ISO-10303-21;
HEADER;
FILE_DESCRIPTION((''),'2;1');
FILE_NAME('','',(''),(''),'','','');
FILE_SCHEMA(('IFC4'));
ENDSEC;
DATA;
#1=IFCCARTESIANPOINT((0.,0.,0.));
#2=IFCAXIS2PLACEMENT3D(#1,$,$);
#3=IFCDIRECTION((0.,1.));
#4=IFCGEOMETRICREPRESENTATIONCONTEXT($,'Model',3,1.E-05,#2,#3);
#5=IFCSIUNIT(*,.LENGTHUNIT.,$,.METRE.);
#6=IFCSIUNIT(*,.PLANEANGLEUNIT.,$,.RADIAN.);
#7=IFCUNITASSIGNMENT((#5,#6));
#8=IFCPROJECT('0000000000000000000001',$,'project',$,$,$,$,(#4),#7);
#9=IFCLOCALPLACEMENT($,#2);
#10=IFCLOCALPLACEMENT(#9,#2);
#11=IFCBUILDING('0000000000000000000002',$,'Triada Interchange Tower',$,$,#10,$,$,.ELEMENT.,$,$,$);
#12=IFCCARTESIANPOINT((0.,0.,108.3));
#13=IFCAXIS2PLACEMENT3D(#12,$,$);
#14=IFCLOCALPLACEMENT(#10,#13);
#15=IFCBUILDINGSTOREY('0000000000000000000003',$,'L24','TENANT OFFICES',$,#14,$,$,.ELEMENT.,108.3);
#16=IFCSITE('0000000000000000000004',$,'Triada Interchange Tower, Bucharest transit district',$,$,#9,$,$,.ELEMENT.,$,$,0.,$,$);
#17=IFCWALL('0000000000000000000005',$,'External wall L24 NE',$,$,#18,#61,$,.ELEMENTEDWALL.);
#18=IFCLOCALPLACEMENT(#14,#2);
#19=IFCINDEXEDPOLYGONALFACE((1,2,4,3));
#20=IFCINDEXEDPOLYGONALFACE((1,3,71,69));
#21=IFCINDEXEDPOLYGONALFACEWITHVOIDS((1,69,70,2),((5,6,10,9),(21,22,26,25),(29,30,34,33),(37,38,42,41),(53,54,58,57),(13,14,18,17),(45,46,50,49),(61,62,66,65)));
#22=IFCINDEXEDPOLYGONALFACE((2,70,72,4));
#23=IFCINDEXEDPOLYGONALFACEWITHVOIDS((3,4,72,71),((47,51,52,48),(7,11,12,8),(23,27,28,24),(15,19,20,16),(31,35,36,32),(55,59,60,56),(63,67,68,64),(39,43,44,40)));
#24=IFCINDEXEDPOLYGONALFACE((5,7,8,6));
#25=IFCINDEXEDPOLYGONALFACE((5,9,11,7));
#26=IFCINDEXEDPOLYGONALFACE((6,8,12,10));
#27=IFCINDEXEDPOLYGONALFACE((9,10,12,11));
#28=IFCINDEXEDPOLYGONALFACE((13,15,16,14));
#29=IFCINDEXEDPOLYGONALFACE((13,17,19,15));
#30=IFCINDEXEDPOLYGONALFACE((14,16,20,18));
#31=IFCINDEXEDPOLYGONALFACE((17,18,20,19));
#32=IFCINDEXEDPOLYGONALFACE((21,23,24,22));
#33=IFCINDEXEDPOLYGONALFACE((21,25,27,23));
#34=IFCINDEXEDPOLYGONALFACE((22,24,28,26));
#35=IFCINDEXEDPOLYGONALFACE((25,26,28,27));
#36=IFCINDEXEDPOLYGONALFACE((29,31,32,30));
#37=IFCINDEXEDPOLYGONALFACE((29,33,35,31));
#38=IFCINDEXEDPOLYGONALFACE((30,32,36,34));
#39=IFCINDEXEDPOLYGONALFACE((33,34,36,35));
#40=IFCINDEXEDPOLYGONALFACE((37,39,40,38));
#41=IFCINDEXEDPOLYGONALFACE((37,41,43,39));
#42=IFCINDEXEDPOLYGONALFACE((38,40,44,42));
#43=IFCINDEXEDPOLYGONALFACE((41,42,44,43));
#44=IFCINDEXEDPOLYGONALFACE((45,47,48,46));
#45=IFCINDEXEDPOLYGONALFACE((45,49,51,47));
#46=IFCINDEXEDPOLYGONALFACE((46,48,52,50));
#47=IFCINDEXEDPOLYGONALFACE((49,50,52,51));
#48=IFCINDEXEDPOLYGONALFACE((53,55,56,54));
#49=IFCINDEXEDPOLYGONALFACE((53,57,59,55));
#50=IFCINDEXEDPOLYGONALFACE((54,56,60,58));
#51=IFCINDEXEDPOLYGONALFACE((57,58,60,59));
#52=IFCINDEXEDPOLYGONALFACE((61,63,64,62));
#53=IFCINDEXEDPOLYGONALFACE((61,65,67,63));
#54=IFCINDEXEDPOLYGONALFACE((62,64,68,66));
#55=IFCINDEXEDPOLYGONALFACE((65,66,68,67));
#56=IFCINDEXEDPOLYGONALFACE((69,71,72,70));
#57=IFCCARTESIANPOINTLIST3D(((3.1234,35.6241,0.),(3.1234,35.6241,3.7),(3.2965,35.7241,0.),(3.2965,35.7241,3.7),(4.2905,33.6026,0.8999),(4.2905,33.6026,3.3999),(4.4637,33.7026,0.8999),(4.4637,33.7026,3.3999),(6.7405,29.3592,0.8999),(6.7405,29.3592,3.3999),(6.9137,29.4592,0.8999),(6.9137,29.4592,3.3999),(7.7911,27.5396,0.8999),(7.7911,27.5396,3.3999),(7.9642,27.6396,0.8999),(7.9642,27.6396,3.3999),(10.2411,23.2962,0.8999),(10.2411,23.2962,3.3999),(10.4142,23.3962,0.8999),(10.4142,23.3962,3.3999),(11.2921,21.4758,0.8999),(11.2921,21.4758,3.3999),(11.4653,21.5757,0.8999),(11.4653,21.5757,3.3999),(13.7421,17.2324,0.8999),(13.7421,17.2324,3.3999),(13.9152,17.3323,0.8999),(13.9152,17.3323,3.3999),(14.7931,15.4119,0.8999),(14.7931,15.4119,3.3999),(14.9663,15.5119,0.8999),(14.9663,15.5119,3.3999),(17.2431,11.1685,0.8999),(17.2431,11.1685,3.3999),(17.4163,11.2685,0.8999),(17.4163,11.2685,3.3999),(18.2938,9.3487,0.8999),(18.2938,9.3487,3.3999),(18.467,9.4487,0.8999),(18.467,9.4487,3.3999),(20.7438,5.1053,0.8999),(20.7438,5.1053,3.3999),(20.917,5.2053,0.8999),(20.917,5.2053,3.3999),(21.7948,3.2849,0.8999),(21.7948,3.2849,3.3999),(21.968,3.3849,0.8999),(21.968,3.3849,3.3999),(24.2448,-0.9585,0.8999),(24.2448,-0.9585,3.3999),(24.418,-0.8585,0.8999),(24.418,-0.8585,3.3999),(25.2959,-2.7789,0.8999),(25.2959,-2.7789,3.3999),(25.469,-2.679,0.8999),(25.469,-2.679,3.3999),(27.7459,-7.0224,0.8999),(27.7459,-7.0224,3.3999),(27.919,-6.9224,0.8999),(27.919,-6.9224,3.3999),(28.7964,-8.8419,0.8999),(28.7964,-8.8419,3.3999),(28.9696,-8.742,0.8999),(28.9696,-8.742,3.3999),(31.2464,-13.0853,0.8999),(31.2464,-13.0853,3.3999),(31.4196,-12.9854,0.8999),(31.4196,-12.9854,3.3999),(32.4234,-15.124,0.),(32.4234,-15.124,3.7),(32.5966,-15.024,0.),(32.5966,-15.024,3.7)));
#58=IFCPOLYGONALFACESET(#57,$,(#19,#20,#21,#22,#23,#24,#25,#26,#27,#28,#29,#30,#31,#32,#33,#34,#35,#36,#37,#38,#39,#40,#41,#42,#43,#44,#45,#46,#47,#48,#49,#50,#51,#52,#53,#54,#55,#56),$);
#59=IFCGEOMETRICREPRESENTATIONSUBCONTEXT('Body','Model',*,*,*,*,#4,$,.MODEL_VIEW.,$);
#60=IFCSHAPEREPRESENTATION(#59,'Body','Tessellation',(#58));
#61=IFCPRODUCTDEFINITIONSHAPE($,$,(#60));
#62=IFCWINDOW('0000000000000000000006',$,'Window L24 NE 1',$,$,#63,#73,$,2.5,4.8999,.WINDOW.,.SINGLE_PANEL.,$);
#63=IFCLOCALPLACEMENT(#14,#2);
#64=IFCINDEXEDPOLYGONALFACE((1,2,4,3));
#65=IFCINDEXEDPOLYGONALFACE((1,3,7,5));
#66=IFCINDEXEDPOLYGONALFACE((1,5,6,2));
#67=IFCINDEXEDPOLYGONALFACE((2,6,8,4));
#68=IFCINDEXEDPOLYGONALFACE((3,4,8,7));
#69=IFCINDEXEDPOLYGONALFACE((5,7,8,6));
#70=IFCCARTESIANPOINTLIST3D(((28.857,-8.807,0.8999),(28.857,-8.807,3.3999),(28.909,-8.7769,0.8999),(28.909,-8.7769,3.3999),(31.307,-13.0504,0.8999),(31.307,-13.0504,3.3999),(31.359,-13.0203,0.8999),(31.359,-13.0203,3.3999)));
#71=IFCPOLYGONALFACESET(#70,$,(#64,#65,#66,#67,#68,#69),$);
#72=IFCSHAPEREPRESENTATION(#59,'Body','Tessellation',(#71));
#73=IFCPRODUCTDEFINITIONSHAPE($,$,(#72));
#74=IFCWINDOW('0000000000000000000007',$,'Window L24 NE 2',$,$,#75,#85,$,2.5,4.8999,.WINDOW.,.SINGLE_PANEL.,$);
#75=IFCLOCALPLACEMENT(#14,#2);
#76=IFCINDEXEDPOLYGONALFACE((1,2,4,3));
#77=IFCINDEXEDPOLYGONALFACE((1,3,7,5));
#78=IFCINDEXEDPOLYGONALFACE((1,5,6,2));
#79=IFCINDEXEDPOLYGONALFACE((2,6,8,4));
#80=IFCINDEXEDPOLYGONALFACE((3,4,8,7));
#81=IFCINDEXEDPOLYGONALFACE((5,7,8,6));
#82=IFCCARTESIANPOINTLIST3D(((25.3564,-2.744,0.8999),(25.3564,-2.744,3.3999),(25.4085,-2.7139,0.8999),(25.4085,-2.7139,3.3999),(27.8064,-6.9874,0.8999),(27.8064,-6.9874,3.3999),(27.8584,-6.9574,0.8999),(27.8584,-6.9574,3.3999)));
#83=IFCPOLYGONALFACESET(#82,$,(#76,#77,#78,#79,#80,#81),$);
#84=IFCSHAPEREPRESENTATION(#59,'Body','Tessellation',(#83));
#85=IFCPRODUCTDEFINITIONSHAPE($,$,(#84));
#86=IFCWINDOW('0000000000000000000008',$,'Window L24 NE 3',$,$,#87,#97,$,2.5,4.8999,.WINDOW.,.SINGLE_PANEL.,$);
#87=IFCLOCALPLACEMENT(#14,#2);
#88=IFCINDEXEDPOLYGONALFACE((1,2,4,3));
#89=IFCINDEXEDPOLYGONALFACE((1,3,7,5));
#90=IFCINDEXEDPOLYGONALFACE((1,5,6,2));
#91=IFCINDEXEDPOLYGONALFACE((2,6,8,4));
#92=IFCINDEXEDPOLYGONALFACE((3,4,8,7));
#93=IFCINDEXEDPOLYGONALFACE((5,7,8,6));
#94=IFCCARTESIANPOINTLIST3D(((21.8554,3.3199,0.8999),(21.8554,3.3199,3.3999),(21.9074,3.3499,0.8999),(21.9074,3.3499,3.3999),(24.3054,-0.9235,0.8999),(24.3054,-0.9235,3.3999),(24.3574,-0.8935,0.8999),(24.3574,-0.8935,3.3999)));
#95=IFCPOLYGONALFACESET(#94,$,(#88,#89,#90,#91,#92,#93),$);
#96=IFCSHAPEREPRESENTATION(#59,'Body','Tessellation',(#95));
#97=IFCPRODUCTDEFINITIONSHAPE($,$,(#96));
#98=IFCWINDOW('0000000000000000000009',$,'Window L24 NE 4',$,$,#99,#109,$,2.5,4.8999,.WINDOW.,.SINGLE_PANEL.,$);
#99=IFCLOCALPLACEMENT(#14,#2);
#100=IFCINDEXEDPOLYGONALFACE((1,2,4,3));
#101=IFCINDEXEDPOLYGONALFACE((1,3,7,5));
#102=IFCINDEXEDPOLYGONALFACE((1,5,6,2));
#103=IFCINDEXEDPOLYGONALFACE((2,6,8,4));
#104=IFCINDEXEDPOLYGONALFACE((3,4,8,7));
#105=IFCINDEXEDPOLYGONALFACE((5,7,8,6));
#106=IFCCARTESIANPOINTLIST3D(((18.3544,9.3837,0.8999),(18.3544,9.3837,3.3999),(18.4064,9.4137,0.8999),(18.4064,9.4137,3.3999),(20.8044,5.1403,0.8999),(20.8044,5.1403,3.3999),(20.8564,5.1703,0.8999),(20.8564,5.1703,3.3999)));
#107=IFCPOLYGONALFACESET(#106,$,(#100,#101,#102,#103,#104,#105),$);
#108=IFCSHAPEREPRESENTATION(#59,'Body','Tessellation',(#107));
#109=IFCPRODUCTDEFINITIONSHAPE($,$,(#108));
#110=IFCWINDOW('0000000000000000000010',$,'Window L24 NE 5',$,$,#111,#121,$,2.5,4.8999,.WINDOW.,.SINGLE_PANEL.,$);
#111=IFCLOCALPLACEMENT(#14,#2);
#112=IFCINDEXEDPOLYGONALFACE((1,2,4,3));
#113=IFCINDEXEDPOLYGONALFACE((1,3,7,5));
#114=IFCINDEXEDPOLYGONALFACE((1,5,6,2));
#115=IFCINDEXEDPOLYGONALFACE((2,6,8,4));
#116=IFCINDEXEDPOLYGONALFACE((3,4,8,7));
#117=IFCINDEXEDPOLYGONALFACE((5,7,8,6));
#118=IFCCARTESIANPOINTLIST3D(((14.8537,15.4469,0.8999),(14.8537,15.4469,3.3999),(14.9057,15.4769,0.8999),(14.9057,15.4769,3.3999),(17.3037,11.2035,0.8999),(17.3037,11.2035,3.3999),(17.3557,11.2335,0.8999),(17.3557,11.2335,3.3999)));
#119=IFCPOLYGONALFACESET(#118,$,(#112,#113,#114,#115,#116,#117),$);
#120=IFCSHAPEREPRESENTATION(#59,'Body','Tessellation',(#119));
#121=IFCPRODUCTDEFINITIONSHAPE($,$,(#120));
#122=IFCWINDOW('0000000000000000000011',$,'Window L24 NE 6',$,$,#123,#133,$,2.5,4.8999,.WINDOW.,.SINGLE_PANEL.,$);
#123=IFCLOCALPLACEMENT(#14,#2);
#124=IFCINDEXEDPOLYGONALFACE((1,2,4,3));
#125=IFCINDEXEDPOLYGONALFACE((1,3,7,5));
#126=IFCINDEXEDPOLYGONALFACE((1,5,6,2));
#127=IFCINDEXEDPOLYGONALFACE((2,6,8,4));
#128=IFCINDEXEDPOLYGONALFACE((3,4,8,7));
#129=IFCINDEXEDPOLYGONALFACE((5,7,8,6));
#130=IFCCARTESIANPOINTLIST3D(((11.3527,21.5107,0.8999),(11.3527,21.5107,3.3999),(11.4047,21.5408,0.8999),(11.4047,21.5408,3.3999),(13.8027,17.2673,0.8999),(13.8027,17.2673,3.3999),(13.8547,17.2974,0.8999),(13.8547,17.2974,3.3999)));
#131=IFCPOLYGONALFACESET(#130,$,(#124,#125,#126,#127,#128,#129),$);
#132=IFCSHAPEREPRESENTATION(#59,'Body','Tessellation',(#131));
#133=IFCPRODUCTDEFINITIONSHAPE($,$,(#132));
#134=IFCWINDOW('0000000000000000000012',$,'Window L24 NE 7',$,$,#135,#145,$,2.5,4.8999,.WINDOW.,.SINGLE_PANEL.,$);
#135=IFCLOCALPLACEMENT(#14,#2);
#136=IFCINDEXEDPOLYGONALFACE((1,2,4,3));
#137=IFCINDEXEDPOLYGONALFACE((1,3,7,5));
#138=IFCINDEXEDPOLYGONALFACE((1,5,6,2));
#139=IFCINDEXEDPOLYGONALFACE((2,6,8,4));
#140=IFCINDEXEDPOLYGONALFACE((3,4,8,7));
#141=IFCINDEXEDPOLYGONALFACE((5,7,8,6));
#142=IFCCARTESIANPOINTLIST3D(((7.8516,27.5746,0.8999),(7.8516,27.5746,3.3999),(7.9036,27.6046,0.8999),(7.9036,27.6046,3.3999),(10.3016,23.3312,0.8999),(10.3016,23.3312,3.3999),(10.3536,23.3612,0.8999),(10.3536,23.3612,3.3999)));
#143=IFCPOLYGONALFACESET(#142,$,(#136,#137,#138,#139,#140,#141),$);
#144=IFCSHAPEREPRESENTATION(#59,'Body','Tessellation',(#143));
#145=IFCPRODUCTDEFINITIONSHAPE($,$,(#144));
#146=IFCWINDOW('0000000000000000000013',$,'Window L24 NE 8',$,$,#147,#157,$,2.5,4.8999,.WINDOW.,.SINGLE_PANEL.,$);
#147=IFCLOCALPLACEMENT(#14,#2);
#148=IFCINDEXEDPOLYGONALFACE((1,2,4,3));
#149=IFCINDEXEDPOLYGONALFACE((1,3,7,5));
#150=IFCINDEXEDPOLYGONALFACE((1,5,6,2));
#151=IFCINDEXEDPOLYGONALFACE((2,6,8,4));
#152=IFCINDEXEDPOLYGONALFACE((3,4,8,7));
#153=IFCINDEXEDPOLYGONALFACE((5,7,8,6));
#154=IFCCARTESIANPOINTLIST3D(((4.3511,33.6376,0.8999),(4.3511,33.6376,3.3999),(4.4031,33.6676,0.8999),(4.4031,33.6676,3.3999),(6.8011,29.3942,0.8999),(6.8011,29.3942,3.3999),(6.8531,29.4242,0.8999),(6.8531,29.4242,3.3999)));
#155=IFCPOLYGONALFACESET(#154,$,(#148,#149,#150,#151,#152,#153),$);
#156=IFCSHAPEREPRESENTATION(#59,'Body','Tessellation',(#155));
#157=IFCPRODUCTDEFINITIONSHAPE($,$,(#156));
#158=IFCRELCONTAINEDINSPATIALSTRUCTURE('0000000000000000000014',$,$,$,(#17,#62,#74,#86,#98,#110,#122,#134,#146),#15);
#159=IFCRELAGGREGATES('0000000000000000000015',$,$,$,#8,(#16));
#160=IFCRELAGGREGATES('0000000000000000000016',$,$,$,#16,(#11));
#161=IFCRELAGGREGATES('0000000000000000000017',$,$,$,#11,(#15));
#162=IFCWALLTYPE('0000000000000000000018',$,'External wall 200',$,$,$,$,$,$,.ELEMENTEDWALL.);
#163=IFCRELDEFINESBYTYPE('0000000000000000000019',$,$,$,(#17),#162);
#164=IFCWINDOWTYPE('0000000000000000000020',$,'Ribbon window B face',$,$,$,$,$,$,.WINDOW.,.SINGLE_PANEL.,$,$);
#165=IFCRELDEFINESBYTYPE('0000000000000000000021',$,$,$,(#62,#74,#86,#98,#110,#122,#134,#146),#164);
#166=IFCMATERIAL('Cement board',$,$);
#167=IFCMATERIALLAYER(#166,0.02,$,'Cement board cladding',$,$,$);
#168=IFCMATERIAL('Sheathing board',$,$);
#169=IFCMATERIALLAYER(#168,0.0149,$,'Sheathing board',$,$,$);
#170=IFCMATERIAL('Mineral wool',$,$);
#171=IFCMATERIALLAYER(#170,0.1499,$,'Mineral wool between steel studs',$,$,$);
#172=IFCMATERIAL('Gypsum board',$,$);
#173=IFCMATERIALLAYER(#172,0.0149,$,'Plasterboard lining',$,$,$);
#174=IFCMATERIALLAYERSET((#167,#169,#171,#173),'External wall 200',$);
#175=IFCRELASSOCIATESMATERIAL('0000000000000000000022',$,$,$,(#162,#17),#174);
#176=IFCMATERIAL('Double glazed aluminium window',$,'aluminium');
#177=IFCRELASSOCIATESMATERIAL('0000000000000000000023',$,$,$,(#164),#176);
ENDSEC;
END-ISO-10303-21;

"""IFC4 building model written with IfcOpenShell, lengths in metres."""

from ifc_helpers import new_model, si_unit, direction, frame, frame_2d, origin, place, context, subcontext, project, spatial, rectangle, extrude, material, layer, layer_set, layer_usage, type_object, element, fill, save


model = new_model("IFC4")

# Units and contexts
model_context = context("Model", 3, precision=1e-05, world=origin(), true_north=direction((0.0, 1.0)))
body_context = subcontext(model_context, "Body", "Model", "MODEL_VIEW")
ifc_project = project(units=[si_unit("LENGTHUNIT", "METRE"), si_unit("PLANEANGLEUNIT", "RADIAN")], contexts=[model_context])

# Site, building, storey
site_placement = place(None, origin())
site = spatial("IfcSite", under=ifc_project, at=site_placement, Name="Triada Interchange Tower, Bucharest transit district", CompositionType="ELEMENT", RefElevation=0.0)
building_placement = place(site_placement, origin())
building = spatial("IfcBuilding", under=site, at=building_placement, Name="Triada Interchange Tower", CompositionType="ELEMENT")
storey_placement = place(building_placement, frame((0.0, 0.0, 108.3)))
storey = spatial("IfcBuildingStorey", under=building, at=storey_placement, Name="L24", Description="TENANT OFFICES", CompositionType="ELEMENT", Elevation=108.3)

# Shared definitions
ifc_material_1 = material(Name="Cement board")
ifc_layer_1 = layer(ifc_material_1, 0.02, Name="Cement board cladding")
ifc_material_2 = material(Name="Sheathing board")
ifc_layer_2 = layer(ifc_material_2, 0.0149, Name="Sheathing board")
ifc_material_3 = material(Name="Mineral wool")
ifc_layer_3 = layer(ifc_material_3, 0.1499, Name="Mineral wool between steel studs")
ifc_material_4 = material(Name="Gypsum board")
ifc_layer_4 = layer(ifc_material_4, 0.0149, Name="Plasterboard lining")
ifc_layer_set_1 = layer_set([ifc_layer_1, ifc_layer_2, ifc_layer_3, ifc_layer_4], Name="External wall 200")
ifc_layer_usage = layer_usage(ifc_layer_set_1, "AXIS2", "POSITIVE", -0.1001)
wall_type = type_object("IfcWallType", Name="External wall 200", PredefinedType="ELEMENTEDWALL", material=ifc_layer_set_1)
ifc_material_5 = material(Name="Double glazed aluminium window", Category="aluminium")

# Wall, openings, windows
wall_1_placement = place(storey_placement, frame((32.51, -15.074, 0.0), z_axis=(0.0, 0.0, 1.0), x_axis=(-0.500008, 0.866021, 0.0)))
wall_1 = element("IfcWall", 1, at=wall_1_placement, inside=storey, type_object=wall_type, material=ifc_layer_usage, Name="External wall L24 NE", PredefinedType="ELEMENTEDWALL", context=body_context, shape_type="SweptSolid", body=[
    extrude(rectangle(XDim=58.5991, YDim=0.2, at=frame_2d((29.2996, 0.0))), origin(), (0.0, 0.0, 1.0), 3.7),
])
opening_1_placement = place(wall_1_placement, frame((2.354, 0.0, 0.8999)))
opening_1 = element("IfcOpeningElement", 2, at=opening_1_placement, cuts=wall_1, PredefinedType="OPENING", context=body_context, shape_type="SweptSolid", body=[
    extrude(rectangle(XDim=4.8999, YDim=2.5, at=frame_2d((2.45, 1.25))), frame((0.0, 0.1099, 0.0), z_axis=(0.0, -1.0, 0.0), x_axis=(1.0, 0.0, 0.0)), (0.0, 0.0, 1.0), 0.22),
])
opening_2_placement = place(wall_1_placement, frame((9.355, 0.0, 0.8999)))
opening_2 = element("IfcOpeningElement", 3, at=opening_2_placement, cuts=wall_1, PredefinedType="OPENING", context=body_context, shape_type="SweptSolid", body=[
    extrude(rectangle(XDim=4.8999, YDim=2.5, at=frame_2d((2.45, 1.25))), frame((0.0, 0.1099, 0.0), z_axis=(0.0, -1.0, 0.0), x_axis=(1.0, 0.0, 0.0)), (0.0, 0.0, 1.0), 0.22),
])
opening_3_placement = place(wall_1_placement, frame((16.3569, 0.0, 0.8999)))
opening_3 = element("IfcOpeningElement", 4, at=opening_3_placement, cuts=wall_1, PredefinedType="OPENING", context=body_context, shape_type="SweptSolid", body=[
    extrude(rectangle(XDim=4.8999, YDim=2.5, at=frame_2d((2.45, 1.25))), frame((0.0, 0.1099, 0.0), z_axis=(0.0, -1.0, 0.0), x_axis=(1.0, 0.0, 0.0)), (0.0, 0.0, 1.0), 0.22),
])
opening_4_placement = place(wall_1_placement, frame((23.3589, 0.0, 0.8999)))
opening_4 = element("IfcOpeningElement", 5, at=opening_4_placement, cuts=wall_1, PredefinedType="OPENING", context=body_context, shape_type="SweptSolid", body=[
    extrude(rectangle(XDim=4.8999, YDim=2.5, at=frame_2d((2.45, 1.25))), frame((0.0, 0.1099, 0.0), z_axis=(0.0, -1.0, 0.0), x_axis=(1.0, 0.0, 0.0)), (0.0, 0.0, 1.0), 0.22),
])
opening_5_placement = place(wall_1_placement, frame((30.3601, 0.0, 0.8999)))
opening_5 = element("IfcOpeningElement", 6, at=opening_5_placement, cuts=wall_1, PredefinedType="OPENING", context=body_context, shape_type="SweptSolid", body=[
    extrude(rectangle(XDim=4.8999, YDim=2.5, at=frame_2d((2.45, 1.25))), frame((0.0, 0.1099, 0.0), z_axis=(0.0, -1.0, 0.0), x_axis=(1.0, 0.0, 0.0)), (0.0, 0.0, 1.0), 0.22),
])
opening_6_placement = place(wall_1_placement, frame((37.3621, 0.0, 0.8999)))
opening_6 = element("IfcOpeningElement", 7, at=opening_6_placement, cuts=wall_1, PredefinedType="OPENING", context=body_context, shape_type="SweptSolid", body=[
    extrude(rectangle(XDim=4.8999, YDim=2.5, at=frame_2d((2.45, 1.25))), frame((0.0, 0.1099, 0.0), z_axis=(0.0, -1.0, 0.0), x_axis=(1.0, 0.0, 0.0)), (0.0, 0.0, 1.0), 0.22),
])
opening_7_placement = place(wall_1_placement, frame((44.364, 0.0, 0.8999)))
opening_7 = element("IfcOpeningElement", 8, at=opening_7_placement, cuts=wall_1, PredefinedType="OPENING", context=body_context, shape_type="SweptSolid", body=[
    extrude(rectangle(XDim=4.8999, YDim=2.5, at=frame_2d((2.45, 1.25))), frame((0.0, 0.1099, 0.0), z_axis=(0.0, -1.0, 0.0), x_axis=(1.0, 0.0, 0.0)), (0.0, 0.0, 1.0), 0.22),
])
opening_8_placement = place(wall_1_placement, frame((51.365, 0.0, 0.8999)))
opening_8 = element("IfcOpeningElement", 9, at=opening_8_placement, cuts=wall_1, PredefinedType="OPENING", context=body_context, shape_type="SweptSolid", body=[
    extrude(rectangle(XDim=4.8999, YDim=2.5, at=frame_2d((2.45, 1.25))), frame((0.0, 0.1099, 0.0), z_axis=(0.0, -1.0, 0.0), x_axis=(1.0, 0.0, 0.0)), (0.0, 0.0, 1.0), 0.22),
])
window_type_1 = type_object("IfcWindowType", Name="Ribbon window B face", PartitioningType="SINGLE_PANEL", PredefinedType="WINDOW", material=ifc_material_5)
window_1_placement = place(opening_1_placement, origin())
window_1 = element("IfcWindow", 10, at=window_1_placement, inside=storey, type_object=window_type_1, Name="Window L24 NE 1", OverallHeight=2.5, OverallWidth=4.8999, PartitioningType="SINGLE_PANEL", PredefinedType="WINDOW", context=body_context, shape_type="SweptSolid", body=[
    extrude(rectangle(XDim=4.8999, YDim=2.5, at=frame_2d((2.45, 1.25))), frame((0.0, 0.03, 0.0), z_axis=(0.0, -1.0, 0.0), x_axis=(1.0, 0.0, 0.0)), (0.0, 0.0, 1.0), 0.0601),
])
fill(opening_1, window_1)
window_2_placement = place(opening_2_placement, origin())
window_2 = element("IfcWindow", 11, at=window_2_placement, inside=storey, type_object=window_type_1, Name="Window L24 NE 2", OverallHeight=2.5, OverallWidth=4.8999, PartitioningType="SINGLE_PANEL", PredefinedType="WINDOW", context=body_context, shape_type="SweptSolid", body=[
    extrude(rectangle(XDim=4.8999, YDim=2.5, at=frame_2d((2.45, 1.25))), frame((0.0, 0.03, 0.0), z_axis=(0.0, -1.0, 0.0), x_axis=(1.0, 0.0, 0.0)), (0.0, 0.0, 1.0), 0.0601),
])
fill(opening_2, window_2)
window_3_placement = place(opening_3_placement, origin())
window_3 = element("IfcWindow", 12, at=window_3_placement, inside=storey, type_object=window_type_1, Name="Window L24 NE 3", OverallHeight=2.5, OverallWidth=4.8999, PartitioningType="SINGLE_PANEL", PredefinedType="WINDOW", context=body_context, shape_type="SweptSolid", body=[
    extrude(rectangle(XDim=4.8999, YDim=2.5, at=frame_2d((2.45, 1.25))), frame((0.0, 0.03, 0.0), z_axis=(0.0, -1.0, 0.0), x_axis=(1.0, 0.0, 0.0)), (0.0, 0.0, 1.0), 0.0601),
])
fill(opening_3, window_3)
window_4_placement = place(opening_4_placement, origin())
window_4 = element("IfcWindow", 13, at=window_4_placement, inside=storey, type_object=window_type_1, Name="Window L24 NE 4", OverallHeight=2.5, OverallWidth=4.8999, PartitioningType="SINGLE_PANEL", PredefinedType="WINDOW", context=body_context, shape_type="SweptSolid", body=[
    extrude(rectangle(XDim=4.8999, YDim=2.5, at=frame_2d((2.45, 1.25))), frame((0.0, 0.03, 0.0), z_axis=(0.0, -1.0, 0.0), x_axis=(1.0, 0.0, 0.0)), (0.0, 0.0, 1.0), 0.0601),
])
fill(opening_4, window_4)
window_5_placement = place(opening_5_placement, origin())
window_5 = element("IfcWindow", 14, at=window_5_placement, inside=storey, type_object=window_type_1, Name="Window L24 NE 5", OverallHeight=2.5, OverallWidth=4.8999, PartitioningType="SINGLE_PANEL", PredefinedType="WINDOW", context=body_context, shape_type="SweptSolid", body=[
    extrude(rectangle(XDim=4.8999, YDim=2.5, at=frame_2d((2.45, 1.25))), frame((0.0, 0.03, 0.0), z_axis=(0.0, -1.0, 0.0), x_axis=(1.0, 0.0, 0.0)), (0.0, 0.0, 1.0), 0.0601),
])
fill(opening_5, window_5)
window_6_placement = place(opening_6_placement, origin())
window_6 = element("IfcWindow", 15, at=window_6_placement, inside=storey, type_object=window_type_1, Name="Window L24 NE 6", OverallHeight=2.5, OverallWidth=4.8999, PartitioningType="SINGLE_PANEL", PredefinedType="WINDOW", context=body_context, shape_type="SweptSolid", body=[
    extrude(rectangle(XDim=4.8999, YDim=2.5, at=frame_2d((2.45, 1.25))), frame((0.0, 0.03, 0.0), z_axis=(0.0, -1.0, 0.0), x_axis=(1.0, 0.0, 0.0)), (0.0, 0.0, 1.0), 0.0601),
])
fill(opening_6, window_6)
window_7_placement = place(opening_7_placement, origin())
window_7 = element("IfcWindow", 16, at=window_7_placement, inside=storey, type_object=window_type_1, Name="Window L24 NE 7", OverallHeight=2.5, OverallWidth=4.8999, PartitioningType="SINGLE_PANEL", PredefinedType="WINDOW", context=body_context, shape_type="SweptSolid", body=[
    extrude(rectangle(XDim=4.8999, YDim=2.5, at=frame_2d((2.45, 1.25))), frame((0.0, 0.03, 0.0), z_axis=(0.0, -1.0, 0.0), x_axis=(1.0, 0.0, 0.0)), (0.0, 0.0, 1.0), 0.0601),
])
fill(opening_7, window_7)
window_8_placement = place(opening_8_placement, origin())
window_8 = element("IfcWindow", 17, at=window_8_placement, inside=storey, type_object=window_type_1, Name="Window L24 NE 8", OverallHeight=2.5, OverallWidth=4.8999, PartitioningType="SINGLE_PANEL", PredefinedType="WINDOW", context=body_context, shape_type="SweptSolid", body=[
    extrude(rectangle(XDim=4.8999, YDim=2.5, at=frame_2d((2.45, 1.25))), frame((0.0, 0.03, 0.0), z_axis=(0.0, -1.0, 0.0), x_axis=(1.0, 0.0, 0.0)), (0.0, 0.0, 1.0), 0.0601),
])
fill(opening_8, window_8)

save(model, "model.ifc")
